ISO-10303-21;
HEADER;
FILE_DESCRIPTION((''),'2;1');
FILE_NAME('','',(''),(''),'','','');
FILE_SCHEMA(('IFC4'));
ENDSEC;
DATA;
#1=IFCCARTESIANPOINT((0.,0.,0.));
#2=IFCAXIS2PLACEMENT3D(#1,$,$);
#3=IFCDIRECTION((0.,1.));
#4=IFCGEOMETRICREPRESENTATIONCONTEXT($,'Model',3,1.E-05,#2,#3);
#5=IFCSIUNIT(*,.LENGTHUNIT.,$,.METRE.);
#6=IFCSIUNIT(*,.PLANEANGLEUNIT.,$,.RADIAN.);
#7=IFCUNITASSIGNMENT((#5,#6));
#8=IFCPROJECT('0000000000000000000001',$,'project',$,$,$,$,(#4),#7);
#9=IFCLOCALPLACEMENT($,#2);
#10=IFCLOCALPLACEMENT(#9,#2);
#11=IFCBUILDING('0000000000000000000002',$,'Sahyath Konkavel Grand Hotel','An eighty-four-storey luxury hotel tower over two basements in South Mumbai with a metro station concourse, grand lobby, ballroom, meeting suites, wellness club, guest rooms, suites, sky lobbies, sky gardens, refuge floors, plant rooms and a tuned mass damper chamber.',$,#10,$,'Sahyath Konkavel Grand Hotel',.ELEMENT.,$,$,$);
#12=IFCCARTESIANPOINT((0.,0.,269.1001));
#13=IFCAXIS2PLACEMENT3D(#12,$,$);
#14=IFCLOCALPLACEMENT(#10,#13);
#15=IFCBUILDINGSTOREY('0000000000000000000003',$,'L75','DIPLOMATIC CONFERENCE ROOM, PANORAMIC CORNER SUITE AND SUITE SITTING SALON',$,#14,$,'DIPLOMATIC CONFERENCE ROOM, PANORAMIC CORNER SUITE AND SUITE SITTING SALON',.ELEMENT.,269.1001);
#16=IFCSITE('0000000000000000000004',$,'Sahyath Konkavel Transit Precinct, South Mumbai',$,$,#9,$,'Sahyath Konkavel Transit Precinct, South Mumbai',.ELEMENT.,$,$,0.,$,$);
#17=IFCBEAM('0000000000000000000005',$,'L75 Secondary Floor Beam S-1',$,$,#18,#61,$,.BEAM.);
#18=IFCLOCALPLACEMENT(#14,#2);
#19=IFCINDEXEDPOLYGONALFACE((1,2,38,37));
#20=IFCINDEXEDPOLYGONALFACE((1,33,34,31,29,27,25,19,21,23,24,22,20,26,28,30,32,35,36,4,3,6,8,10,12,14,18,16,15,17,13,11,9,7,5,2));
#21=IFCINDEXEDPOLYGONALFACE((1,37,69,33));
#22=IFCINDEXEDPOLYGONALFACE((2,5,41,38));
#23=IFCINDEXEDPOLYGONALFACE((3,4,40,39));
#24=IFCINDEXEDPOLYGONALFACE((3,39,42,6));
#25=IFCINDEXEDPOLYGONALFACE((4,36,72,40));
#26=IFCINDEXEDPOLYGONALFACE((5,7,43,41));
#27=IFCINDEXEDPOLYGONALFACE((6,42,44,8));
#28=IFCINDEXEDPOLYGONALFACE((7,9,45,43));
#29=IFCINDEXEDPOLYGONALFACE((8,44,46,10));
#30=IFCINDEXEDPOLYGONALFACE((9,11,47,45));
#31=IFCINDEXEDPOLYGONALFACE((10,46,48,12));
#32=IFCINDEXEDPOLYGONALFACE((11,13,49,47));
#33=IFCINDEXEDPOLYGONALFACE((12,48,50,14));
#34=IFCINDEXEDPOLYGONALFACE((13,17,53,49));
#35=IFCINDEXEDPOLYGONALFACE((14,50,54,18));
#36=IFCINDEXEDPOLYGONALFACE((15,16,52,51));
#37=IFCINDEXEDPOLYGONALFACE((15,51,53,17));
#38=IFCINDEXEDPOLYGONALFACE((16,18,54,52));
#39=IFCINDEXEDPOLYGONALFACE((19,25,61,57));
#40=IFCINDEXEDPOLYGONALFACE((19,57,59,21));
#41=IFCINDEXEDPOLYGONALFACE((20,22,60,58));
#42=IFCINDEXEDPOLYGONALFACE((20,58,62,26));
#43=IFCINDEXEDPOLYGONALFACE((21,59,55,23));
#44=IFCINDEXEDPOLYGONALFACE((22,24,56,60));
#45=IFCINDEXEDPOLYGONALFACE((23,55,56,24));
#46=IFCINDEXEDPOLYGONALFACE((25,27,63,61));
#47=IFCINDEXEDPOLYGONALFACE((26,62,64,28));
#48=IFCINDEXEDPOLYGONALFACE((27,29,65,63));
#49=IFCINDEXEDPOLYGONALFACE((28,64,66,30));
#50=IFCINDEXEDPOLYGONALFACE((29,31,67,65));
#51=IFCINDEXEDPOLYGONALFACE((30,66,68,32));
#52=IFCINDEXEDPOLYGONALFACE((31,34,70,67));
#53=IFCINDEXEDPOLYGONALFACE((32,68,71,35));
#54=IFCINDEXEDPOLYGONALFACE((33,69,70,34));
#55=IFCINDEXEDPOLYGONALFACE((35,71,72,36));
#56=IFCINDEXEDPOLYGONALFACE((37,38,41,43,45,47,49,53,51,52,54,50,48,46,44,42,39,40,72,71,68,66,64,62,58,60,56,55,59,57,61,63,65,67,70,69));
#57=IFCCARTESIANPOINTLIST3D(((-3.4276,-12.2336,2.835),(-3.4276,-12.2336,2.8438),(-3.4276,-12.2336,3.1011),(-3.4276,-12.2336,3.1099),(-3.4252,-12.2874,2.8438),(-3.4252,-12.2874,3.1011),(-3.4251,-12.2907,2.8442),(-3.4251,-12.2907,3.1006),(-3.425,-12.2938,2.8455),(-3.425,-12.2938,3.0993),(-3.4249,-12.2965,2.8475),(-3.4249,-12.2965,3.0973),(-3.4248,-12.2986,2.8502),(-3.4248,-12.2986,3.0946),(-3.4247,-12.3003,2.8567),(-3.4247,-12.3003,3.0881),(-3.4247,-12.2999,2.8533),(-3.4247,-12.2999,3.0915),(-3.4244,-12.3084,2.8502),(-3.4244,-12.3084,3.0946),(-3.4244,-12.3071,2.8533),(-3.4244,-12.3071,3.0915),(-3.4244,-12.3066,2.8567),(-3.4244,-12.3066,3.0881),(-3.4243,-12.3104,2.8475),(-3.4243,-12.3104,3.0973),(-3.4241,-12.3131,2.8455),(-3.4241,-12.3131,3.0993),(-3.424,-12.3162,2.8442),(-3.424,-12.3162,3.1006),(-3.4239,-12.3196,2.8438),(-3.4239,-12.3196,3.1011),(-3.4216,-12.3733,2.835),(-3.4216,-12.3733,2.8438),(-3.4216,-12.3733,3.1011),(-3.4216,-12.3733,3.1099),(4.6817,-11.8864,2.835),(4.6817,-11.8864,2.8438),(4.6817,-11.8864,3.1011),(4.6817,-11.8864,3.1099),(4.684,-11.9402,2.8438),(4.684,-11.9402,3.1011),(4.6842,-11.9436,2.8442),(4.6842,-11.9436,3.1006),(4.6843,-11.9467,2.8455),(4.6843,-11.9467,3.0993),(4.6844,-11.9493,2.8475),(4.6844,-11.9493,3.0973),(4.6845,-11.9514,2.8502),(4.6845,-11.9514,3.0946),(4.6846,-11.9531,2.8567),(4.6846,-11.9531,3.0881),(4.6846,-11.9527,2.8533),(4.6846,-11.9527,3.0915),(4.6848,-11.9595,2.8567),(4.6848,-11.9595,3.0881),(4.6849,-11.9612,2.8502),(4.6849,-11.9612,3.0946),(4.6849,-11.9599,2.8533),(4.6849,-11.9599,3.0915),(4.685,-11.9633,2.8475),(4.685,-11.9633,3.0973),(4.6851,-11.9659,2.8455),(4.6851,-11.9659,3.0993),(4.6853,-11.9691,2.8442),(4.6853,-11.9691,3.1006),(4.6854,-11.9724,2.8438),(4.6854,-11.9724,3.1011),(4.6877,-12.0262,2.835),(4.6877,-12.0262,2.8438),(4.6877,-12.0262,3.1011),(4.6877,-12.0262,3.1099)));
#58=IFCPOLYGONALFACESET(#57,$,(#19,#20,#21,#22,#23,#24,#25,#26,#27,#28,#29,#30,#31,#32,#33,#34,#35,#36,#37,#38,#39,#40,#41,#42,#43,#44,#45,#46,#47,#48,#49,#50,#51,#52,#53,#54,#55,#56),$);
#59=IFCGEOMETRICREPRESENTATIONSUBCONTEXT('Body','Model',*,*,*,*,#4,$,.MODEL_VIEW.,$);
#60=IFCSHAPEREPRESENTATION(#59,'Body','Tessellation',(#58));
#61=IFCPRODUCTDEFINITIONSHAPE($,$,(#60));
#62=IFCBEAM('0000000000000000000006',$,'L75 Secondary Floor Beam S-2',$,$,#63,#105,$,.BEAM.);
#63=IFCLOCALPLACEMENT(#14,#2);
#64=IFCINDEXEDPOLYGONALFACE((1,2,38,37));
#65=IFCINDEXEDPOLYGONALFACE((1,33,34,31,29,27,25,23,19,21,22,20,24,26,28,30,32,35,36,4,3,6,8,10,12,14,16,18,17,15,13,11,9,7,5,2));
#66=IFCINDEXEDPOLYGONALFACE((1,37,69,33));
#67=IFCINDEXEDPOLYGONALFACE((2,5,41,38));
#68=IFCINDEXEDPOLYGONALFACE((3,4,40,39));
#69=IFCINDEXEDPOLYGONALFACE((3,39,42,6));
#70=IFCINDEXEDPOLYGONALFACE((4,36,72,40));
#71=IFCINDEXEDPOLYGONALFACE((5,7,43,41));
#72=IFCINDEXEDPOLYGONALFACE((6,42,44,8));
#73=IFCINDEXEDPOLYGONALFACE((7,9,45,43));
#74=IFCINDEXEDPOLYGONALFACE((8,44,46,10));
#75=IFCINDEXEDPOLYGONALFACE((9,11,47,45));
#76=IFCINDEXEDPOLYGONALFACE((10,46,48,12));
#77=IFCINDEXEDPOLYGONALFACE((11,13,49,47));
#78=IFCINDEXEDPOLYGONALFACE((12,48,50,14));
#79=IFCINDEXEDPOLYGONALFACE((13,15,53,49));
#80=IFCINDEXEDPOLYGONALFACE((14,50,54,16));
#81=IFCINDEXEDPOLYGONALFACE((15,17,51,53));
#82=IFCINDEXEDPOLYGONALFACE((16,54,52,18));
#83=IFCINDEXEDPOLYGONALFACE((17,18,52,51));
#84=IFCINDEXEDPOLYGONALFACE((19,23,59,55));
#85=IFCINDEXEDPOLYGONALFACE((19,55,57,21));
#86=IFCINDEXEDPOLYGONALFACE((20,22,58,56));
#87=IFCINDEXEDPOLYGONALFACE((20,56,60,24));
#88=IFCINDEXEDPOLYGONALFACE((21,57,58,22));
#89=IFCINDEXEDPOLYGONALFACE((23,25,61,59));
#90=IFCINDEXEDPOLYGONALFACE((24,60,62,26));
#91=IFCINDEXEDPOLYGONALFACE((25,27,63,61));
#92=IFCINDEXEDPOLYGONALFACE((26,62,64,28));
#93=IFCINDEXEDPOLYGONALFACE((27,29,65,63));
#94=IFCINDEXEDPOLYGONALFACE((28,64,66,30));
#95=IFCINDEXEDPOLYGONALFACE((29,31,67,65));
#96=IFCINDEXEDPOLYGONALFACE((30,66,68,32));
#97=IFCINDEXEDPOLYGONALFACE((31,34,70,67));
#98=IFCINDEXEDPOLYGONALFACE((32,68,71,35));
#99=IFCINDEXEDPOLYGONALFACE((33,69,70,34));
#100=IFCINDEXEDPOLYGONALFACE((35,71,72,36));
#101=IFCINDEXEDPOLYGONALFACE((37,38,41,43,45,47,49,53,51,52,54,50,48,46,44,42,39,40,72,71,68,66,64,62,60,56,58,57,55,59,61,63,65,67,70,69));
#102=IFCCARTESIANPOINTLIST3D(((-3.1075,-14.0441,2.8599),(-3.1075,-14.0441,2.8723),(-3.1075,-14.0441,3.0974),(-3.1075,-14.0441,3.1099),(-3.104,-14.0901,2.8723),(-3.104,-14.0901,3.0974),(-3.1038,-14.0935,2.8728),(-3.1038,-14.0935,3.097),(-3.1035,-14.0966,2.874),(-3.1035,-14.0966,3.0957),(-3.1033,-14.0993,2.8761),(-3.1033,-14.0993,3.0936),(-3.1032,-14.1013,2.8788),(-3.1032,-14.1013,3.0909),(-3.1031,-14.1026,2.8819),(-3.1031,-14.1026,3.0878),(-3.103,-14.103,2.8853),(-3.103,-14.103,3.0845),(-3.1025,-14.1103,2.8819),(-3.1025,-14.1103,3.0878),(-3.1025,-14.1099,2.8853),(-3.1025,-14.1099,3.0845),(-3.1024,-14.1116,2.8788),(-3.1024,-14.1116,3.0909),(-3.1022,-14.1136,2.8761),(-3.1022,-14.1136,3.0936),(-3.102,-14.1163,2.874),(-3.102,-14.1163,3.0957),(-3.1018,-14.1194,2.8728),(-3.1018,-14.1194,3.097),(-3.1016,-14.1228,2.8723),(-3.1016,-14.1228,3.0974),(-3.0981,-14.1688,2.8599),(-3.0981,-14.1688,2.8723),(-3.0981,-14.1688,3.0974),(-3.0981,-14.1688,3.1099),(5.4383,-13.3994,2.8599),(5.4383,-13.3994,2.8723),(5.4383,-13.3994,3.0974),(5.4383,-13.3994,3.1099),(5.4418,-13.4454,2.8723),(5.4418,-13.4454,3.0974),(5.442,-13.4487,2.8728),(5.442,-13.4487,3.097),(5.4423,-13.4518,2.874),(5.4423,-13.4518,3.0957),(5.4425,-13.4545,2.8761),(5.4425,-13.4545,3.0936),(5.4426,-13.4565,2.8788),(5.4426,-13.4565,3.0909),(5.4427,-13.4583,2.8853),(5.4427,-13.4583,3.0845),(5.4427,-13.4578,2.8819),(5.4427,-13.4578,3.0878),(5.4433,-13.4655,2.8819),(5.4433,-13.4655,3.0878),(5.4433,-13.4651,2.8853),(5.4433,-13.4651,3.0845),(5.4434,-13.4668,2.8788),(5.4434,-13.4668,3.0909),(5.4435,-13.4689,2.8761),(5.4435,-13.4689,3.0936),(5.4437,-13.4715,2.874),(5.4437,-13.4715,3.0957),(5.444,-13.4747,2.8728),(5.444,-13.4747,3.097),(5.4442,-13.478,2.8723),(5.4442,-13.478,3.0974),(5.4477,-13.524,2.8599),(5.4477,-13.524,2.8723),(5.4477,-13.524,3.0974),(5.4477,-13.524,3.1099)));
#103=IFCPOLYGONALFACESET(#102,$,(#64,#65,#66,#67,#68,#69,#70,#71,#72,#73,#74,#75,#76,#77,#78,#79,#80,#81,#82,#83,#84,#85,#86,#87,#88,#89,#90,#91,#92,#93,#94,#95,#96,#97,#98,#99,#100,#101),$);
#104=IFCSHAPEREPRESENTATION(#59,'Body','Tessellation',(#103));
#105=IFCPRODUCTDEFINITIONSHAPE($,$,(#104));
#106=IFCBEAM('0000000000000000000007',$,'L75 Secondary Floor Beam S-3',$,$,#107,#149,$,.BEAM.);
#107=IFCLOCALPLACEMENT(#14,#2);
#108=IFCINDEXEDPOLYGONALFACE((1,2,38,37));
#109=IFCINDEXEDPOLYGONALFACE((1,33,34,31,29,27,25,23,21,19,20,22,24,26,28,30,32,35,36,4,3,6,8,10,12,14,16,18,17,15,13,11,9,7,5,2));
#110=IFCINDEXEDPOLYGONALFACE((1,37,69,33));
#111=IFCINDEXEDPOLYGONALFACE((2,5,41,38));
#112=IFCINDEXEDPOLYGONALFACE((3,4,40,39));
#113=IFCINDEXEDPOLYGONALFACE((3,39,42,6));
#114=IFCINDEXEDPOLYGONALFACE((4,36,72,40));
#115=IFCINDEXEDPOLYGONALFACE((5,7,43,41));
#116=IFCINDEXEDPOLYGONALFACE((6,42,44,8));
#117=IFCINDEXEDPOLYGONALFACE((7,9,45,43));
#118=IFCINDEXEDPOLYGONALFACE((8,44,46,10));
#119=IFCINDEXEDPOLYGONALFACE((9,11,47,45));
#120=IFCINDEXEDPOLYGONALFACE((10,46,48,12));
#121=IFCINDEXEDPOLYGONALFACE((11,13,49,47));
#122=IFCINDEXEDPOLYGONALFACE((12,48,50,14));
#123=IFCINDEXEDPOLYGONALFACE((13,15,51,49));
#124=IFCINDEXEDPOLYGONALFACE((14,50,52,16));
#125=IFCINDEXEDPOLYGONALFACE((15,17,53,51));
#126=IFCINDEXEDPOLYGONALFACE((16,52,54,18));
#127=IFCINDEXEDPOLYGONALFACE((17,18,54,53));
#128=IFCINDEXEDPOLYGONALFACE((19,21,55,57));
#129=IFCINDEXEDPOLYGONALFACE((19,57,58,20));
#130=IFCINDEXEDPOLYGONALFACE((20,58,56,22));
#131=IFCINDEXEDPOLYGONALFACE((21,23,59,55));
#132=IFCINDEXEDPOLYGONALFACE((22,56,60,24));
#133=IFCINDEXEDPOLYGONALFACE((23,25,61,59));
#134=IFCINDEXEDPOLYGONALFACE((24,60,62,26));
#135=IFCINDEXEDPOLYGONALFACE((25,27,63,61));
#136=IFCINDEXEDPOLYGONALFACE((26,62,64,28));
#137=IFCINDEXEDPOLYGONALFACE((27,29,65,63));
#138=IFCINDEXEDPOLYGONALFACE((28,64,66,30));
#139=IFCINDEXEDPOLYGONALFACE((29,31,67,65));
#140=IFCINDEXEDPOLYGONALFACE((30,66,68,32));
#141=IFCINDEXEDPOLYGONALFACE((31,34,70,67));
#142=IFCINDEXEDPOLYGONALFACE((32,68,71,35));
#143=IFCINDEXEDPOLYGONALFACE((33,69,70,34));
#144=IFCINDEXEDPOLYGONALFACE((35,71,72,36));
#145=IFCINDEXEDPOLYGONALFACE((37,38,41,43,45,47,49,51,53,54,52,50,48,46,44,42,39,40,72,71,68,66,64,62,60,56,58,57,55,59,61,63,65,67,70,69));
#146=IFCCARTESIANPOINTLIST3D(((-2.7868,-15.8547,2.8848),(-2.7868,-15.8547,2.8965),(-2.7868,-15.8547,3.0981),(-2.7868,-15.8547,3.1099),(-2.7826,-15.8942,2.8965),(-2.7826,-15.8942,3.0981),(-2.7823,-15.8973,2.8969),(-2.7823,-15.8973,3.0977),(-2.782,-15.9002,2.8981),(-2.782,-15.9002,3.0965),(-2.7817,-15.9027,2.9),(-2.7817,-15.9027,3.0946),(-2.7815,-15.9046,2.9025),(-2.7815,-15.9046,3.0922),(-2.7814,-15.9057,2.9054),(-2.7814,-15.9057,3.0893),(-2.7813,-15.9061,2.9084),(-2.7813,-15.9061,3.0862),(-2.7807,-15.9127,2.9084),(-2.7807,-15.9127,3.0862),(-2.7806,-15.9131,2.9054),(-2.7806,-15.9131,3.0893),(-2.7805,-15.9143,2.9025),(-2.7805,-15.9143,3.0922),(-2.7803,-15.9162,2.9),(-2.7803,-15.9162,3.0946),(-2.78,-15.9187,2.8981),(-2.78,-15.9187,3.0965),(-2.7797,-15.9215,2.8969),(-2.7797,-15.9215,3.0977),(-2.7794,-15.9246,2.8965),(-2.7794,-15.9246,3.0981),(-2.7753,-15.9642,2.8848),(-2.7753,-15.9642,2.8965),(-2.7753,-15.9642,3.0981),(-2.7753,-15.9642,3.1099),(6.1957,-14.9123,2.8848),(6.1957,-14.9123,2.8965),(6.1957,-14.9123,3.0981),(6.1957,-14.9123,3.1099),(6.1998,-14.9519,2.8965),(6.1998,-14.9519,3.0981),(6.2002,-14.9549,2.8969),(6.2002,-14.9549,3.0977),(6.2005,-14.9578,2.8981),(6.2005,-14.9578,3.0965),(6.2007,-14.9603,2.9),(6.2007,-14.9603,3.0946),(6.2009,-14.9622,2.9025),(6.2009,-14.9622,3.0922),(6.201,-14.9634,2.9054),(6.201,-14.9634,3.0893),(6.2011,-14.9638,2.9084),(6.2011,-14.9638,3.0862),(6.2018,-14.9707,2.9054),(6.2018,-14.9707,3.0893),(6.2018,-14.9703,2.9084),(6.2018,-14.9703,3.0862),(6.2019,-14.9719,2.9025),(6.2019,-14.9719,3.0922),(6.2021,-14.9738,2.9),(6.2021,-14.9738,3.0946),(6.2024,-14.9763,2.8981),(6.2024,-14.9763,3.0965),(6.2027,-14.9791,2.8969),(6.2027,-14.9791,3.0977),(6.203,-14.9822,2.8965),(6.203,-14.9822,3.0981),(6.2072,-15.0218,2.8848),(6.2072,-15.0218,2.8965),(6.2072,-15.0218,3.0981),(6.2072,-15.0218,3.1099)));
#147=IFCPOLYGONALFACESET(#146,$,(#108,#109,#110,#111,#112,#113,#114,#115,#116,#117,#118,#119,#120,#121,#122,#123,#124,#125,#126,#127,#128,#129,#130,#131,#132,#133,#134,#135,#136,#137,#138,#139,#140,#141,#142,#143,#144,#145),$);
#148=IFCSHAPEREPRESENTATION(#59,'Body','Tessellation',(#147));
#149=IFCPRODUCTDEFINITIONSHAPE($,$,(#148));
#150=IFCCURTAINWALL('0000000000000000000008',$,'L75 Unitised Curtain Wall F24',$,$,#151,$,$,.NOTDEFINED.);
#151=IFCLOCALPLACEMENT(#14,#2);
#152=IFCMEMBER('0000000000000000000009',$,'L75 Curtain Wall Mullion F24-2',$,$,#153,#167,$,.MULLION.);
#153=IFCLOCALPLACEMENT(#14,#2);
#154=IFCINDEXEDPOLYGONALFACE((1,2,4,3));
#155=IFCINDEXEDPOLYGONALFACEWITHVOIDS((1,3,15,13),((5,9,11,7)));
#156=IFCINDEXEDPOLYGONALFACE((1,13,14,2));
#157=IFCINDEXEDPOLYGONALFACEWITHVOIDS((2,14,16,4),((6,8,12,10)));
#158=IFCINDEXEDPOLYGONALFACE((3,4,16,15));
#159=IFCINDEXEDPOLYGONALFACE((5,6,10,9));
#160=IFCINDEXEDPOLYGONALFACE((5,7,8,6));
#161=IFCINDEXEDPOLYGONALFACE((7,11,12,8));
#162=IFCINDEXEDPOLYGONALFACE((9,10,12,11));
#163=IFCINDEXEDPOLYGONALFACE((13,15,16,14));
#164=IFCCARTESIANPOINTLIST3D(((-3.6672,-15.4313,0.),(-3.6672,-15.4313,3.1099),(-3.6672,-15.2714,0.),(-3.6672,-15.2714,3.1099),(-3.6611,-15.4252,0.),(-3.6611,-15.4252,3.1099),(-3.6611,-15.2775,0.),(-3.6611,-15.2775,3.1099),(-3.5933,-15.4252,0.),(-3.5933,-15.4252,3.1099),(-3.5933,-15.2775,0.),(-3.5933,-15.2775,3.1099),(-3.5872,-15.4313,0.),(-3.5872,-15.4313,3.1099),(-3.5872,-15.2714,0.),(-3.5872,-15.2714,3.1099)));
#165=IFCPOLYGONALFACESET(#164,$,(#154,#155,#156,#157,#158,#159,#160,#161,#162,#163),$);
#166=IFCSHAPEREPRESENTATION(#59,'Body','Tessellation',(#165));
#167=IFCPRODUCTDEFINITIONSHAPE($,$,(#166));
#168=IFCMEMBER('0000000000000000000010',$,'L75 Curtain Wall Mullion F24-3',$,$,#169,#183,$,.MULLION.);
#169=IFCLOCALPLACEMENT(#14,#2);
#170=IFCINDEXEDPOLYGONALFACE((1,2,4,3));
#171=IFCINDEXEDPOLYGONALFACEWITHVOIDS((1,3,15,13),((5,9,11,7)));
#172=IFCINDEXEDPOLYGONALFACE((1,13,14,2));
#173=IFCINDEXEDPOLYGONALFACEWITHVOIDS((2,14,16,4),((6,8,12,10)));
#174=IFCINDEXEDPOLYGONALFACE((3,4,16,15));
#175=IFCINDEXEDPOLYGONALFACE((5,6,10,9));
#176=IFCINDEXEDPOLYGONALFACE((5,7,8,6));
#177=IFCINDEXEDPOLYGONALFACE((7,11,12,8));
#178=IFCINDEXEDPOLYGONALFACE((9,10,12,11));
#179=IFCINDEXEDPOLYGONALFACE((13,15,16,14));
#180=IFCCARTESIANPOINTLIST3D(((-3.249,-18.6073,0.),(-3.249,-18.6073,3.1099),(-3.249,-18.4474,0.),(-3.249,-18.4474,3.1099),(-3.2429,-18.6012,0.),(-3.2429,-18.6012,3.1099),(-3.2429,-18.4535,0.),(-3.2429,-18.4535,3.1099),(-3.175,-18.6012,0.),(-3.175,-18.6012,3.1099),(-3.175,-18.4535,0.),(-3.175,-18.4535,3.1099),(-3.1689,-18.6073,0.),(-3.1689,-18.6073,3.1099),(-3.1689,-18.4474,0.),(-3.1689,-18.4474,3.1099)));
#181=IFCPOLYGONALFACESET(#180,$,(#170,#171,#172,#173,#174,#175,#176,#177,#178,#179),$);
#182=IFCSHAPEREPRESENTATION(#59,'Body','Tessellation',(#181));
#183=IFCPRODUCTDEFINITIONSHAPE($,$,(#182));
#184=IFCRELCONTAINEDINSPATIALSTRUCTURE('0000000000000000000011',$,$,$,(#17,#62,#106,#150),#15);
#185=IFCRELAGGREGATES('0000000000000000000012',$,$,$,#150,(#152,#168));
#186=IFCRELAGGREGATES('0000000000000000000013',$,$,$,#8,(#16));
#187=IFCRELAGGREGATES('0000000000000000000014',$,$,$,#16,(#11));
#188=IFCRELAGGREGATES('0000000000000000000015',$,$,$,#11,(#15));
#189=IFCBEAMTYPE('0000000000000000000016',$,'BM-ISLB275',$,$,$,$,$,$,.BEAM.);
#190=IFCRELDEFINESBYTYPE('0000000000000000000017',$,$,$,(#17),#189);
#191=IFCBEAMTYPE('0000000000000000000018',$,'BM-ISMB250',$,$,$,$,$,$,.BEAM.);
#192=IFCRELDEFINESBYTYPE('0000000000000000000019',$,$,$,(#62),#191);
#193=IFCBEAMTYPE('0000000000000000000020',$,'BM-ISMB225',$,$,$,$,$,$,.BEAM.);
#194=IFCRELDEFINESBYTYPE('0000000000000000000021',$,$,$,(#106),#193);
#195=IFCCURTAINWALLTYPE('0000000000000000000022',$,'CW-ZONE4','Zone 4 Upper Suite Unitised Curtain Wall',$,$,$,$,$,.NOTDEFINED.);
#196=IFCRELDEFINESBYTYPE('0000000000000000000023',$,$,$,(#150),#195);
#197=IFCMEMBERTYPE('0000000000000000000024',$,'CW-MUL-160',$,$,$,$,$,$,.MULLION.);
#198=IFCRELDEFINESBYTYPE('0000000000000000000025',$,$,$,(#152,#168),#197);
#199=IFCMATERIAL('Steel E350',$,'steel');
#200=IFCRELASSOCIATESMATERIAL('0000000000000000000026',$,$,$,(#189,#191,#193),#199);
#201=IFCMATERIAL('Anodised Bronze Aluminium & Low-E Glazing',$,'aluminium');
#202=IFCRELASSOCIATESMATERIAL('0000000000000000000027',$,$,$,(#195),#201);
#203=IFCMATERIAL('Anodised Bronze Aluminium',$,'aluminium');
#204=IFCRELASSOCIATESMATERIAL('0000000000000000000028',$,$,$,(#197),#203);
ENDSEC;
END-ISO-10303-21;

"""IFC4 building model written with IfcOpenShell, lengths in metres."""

from ifc_helpers import new_model, si_unit, direction, frame, origin, origin_2d, place, context, subcontext, project, spatial, hollow_rectangle, i_section, extrude, source, transform, mapped, material, material_profile, profile_set, type_object, element, aggregate, save


model = new_model("IFC4")

# Units and contexts
model_context = context("Model", 3, precision=1e-05, world=origin(), true_north=direction((0.0, 1.0)))
body_context = subcontext(model_context, "Body", "Model", "MODEL_VIEW")
ifc_project = project(units=[si_unit("LENGTHUNIT", "METRE"), si_unit("PLANEANGLEUNIT", "RADIAN")], contexts=[model_context])

# Site, building, storey
site_placement = place(None, origin())
site = spatial("IfcSite", under=ifc_project, at=site_placement, Name="Sahyath Konkavel Transit Precinct, South Mumbai", LongName="Sahyath Konkavel Transit Precinct, South Mumbai", CompositionType="ELEMENT", RefElevation=0.0)
building_placement = place(site_placement, origin())
building = spatial("IfcBuilding", under=site, at=building_placement, Name="Sahyath Konkavel Grand Hotel", Description="An eighty-four-storey luxury hotel tower over two basements in South Mumbai with a metro station concourse, grand lobby, ballroom, meeting suites, wellness club, guest rooms, suites, sky lobbies, sky gardens, refuge floors, plant rooms and a tuned mass damper chamber.", LongName="Sahyath Konkavel Grand Hotel", CompositionType="ELEMENT")
storey_placement = place(building_placement, frame((0.0, 0.0, 269.1001)))
storey = spatial("IfcBuildingStorey", under=building, at=storey_placement, Name="L75", Description="DIPLOMATIC CONFERENCE ROOM, PANORAMIC CORNER SUITE AND SUITE SITTING SALON", LongName="DIPLOMATIC CONFERENCE ROOM, PANORAMIC CORNER SUITE AND SUITE SITTING SALON", CompositionType="ELEMENT", Elevation=269.1001)

# Beams
ifc_material_1 = material(Name="Steel E350", Category="steel")
ifc_material_profile_1 = material_profile(ifc_material_1, i_section(OverallWidth=0.1399, OverallDepth=0.2749, WebThickness=0.0063, FlangeThickness=0.0088, FilletRadius=0.0129, at=origin_2d()), Name="ISLB 275")
ifc_profile_set_1 = profile_set([ifc_material_profile_1], Name="Steel E350")
beam_type_1 = type_object("IfcBeamType", Name="BM-ISLB275", PredefinedType="BEAM", material=ifc_profile_set_1)
shared_shape_1 = source(origin(), body_context, "Body", "SweptSolid", [
    extrude(i_section(OverallWidth=0.1399, OverallDepth=0.2749, WebThickness=0.0063, FlangeThickness=0.0088, FilletRadius=0.0129, at=origin_2d()), origin(), (0.0, 0.0, 1.0), 8.1167),
])
beam_1_placement = place(storey_placement, frame((-3.4246, -12.3035, 2.9724), z_axis=(0.999085, 0.042772, 0.0), x_axis=(-0.042772, 0.999085, 0.0)))
element("IfcBeam", 1, at=beam_1_placement, inside=storey, type_object=beam_type_1, Name="L75 Secondary Floor Beam S-1", PredefinedType="BEAM", context=body_context, shape_type="MappedRepresentation", body=[
    mapped(shared_shape_1, transform((0.0, 0.0, 0.0), scale=1.0)),
])
ifc_material_profile_2 = material_profile(ifc_material_1, i_section(OverallWidth=0.125, OverallDepth=0.25, WebThickness=0.0068, FlangeThickness=0.0125, FilletRadius=0.0129, at=origin_2d()), Name="ISMB 250")
ifc_profile_set_2 = profile_set([ifc_material_profile_2], Name="Steel E350")
beam_type_2 = type_object("IfcBeamType", Name="BM-ISMB250", PredefinedType="BEAM", material=ifc_profile_set_2)
shared_shape_2 = source(origin(), body_context, "Body", "SweptSolid", [
    extrude(i_section(OverallWidth=0.125, OverallDepth=0.25, WebThickness=0.0068, FlangeThickness=0.0125, FilletRadius=0.0129, at=origin_2d()), origin(), (0.0, 0.0, 1.0), 8.5701),
])
beam_2_placement = place(storey_placement, frame((-3.1028, -14.1064, 2.9849), z_axis=(0.997166, 0.075235, 0.0), x_axis=(-0.075235, 0.997166, 0.0)))
element("IfcBeam", 2, at=beam_2_placement, inside=storey, type_object=beam_type_2, Name="L75 Secondary Floor Beam S-2", PredefinedType="BEAM", context=body_context, shape_type="MappedRepresentation", body=[
    mapped(shared_shape_2, transform((0.0, 0.0, 0.0), scale=1.0)),
])
ifc_material_profile_3 = material_profile(ifc_material_1, i_section(OverallWidth=0.1101, OverallDepth=0.2251, WebThickness=0.0066, FlangeThickness=0.0117, FilletRadius=0.012, at=origin_2d()), Name="ISMB 225")
ifc_profile_set_3 = profile_set([ifc_material_profile_3], Name="Steel E350")
beam_type_3 = type_object("IfcBeamType", Name="BM-ISMB225", PredefinedType="BEAM", material=ifc_profile_set_3)
shared_shape_3 = source(origin(), body_context, "Body", "SweptSolid", [
    extrude(i_section(OverallWidth=0.1101, OverallDepth=0.2251, WebThickness=0.0066, FlangeThickness=0.0117, FilletRadius=0.012, at=origin_2d()), origin(), (0.0, 0.0, 1.0), 9.0317),
])
beam_3_placement = place(storey_placement, frame((-2.781, -15.9094, 2.9973), z_axis=(0.994542, 0.104341, 0.0), x_axis=(-0.104341, 0.994542, 0.0)))
element("IfcBeam", 3, at=beam_3_placement, inside=storey, type_object=beam_type_3, Name="L75 Secondary Floor Beam S-3", PredefinedType="BEAM", context=body_context, shape_type="MappedRepresentation", body=[
    mapped(shared_shape_3, transform((0.0, 0.0, 0.0), scale=1.0)),
])

# Curtain wall, members
ifc_material_2 = material(Name="Anodised Bronze Aluminium & Low-E Glazing", Category="aluminium")
curtain_wall_type = type_object("IfcCurtainWallType", Name="CW-ZONE4", Description="Zone 4 Upper Suite Unitised Curtain Wall", PredefinedType="NOTDEFINED", material=ifc_material_2)
curtain_wall_1_placement = place(storey_placement, origin())
curtain_wall_1 = element("IfcCurtainWall", 4, at=curtain_wall_1_placement, inside=storey, type_object=curtain_wall_type, Name="L75 Unitised Curtain Wall F24", PredefinedType="NOTDEFINED")
ifc_material_3 = material(Name="Anodised Bronze Aluminium", Category="aluminium")
ifc_material_profile_4 = material_profile(ifc_material_3, hollow_rectangle(XDim=0.0801, YDim=0.1599, WallThickness=0.0061, at=origin_2d()), Name="RHS 160x80x6")
ifc_profile_set_4 = profile_set([ifc_material_profile_4], Name="Anodised Bronze Aluminium")
member_type_1 = type_object("IfcMemberType", Name="CW-MUL-160", PredefinedType="MULLION", material=ifc_profile_set_4)
shared_shape_4 = source(origin(), body_context, "Body", "SweptSolid", [
    extrude(hollow_rectangle(XDim=0.0801, YDim=0.1599, WallThickness=0.0061, at=origin_2d()), origin(), (0.0, 0.0, 1.0), 3.1099),
])
member_1_placement = place(storey_placement, frame((-3.6272, -15.3513, 0.0), z_axis=(0.0, 0.0, 1.0), x_axis=(1.0, 0.0, 0.0)))
member_1 = element("IfcMember", 5, at=member_1_placement, type_object=member_type_1, Name="L75 Curtain Wall Mullion F24-2", PredefinedType="MULLION", context=body_context, shape_type="MappedRepresentation", body=[
    mapped(shared_shape_4, transform((0.0, 0.0, 0.0), scale=1.0)),
])
member_2_placement = place(storey_placement, frame((-3.209, -18.5273, 0.0), z_axis=(0.0, 0.0, 1.0), x_axis=(1.0, 0.0, 0.0)))
member_2 = element("IfcMember", 6, at=member_2_placement, type_object=member_type_1, Name="L75 Curtain Wall Mullion F24-3", PredefinedType="MULLION", context=body_context, shape_type="MappedRepresentation", body=[
    mapped(shared_shape_4, transform((0.0, 0.0, 0.0), scale=1.0)),
])

aggregate(curtain_wall_1, [member_1, member_2])

save(model, "model.ifc")
